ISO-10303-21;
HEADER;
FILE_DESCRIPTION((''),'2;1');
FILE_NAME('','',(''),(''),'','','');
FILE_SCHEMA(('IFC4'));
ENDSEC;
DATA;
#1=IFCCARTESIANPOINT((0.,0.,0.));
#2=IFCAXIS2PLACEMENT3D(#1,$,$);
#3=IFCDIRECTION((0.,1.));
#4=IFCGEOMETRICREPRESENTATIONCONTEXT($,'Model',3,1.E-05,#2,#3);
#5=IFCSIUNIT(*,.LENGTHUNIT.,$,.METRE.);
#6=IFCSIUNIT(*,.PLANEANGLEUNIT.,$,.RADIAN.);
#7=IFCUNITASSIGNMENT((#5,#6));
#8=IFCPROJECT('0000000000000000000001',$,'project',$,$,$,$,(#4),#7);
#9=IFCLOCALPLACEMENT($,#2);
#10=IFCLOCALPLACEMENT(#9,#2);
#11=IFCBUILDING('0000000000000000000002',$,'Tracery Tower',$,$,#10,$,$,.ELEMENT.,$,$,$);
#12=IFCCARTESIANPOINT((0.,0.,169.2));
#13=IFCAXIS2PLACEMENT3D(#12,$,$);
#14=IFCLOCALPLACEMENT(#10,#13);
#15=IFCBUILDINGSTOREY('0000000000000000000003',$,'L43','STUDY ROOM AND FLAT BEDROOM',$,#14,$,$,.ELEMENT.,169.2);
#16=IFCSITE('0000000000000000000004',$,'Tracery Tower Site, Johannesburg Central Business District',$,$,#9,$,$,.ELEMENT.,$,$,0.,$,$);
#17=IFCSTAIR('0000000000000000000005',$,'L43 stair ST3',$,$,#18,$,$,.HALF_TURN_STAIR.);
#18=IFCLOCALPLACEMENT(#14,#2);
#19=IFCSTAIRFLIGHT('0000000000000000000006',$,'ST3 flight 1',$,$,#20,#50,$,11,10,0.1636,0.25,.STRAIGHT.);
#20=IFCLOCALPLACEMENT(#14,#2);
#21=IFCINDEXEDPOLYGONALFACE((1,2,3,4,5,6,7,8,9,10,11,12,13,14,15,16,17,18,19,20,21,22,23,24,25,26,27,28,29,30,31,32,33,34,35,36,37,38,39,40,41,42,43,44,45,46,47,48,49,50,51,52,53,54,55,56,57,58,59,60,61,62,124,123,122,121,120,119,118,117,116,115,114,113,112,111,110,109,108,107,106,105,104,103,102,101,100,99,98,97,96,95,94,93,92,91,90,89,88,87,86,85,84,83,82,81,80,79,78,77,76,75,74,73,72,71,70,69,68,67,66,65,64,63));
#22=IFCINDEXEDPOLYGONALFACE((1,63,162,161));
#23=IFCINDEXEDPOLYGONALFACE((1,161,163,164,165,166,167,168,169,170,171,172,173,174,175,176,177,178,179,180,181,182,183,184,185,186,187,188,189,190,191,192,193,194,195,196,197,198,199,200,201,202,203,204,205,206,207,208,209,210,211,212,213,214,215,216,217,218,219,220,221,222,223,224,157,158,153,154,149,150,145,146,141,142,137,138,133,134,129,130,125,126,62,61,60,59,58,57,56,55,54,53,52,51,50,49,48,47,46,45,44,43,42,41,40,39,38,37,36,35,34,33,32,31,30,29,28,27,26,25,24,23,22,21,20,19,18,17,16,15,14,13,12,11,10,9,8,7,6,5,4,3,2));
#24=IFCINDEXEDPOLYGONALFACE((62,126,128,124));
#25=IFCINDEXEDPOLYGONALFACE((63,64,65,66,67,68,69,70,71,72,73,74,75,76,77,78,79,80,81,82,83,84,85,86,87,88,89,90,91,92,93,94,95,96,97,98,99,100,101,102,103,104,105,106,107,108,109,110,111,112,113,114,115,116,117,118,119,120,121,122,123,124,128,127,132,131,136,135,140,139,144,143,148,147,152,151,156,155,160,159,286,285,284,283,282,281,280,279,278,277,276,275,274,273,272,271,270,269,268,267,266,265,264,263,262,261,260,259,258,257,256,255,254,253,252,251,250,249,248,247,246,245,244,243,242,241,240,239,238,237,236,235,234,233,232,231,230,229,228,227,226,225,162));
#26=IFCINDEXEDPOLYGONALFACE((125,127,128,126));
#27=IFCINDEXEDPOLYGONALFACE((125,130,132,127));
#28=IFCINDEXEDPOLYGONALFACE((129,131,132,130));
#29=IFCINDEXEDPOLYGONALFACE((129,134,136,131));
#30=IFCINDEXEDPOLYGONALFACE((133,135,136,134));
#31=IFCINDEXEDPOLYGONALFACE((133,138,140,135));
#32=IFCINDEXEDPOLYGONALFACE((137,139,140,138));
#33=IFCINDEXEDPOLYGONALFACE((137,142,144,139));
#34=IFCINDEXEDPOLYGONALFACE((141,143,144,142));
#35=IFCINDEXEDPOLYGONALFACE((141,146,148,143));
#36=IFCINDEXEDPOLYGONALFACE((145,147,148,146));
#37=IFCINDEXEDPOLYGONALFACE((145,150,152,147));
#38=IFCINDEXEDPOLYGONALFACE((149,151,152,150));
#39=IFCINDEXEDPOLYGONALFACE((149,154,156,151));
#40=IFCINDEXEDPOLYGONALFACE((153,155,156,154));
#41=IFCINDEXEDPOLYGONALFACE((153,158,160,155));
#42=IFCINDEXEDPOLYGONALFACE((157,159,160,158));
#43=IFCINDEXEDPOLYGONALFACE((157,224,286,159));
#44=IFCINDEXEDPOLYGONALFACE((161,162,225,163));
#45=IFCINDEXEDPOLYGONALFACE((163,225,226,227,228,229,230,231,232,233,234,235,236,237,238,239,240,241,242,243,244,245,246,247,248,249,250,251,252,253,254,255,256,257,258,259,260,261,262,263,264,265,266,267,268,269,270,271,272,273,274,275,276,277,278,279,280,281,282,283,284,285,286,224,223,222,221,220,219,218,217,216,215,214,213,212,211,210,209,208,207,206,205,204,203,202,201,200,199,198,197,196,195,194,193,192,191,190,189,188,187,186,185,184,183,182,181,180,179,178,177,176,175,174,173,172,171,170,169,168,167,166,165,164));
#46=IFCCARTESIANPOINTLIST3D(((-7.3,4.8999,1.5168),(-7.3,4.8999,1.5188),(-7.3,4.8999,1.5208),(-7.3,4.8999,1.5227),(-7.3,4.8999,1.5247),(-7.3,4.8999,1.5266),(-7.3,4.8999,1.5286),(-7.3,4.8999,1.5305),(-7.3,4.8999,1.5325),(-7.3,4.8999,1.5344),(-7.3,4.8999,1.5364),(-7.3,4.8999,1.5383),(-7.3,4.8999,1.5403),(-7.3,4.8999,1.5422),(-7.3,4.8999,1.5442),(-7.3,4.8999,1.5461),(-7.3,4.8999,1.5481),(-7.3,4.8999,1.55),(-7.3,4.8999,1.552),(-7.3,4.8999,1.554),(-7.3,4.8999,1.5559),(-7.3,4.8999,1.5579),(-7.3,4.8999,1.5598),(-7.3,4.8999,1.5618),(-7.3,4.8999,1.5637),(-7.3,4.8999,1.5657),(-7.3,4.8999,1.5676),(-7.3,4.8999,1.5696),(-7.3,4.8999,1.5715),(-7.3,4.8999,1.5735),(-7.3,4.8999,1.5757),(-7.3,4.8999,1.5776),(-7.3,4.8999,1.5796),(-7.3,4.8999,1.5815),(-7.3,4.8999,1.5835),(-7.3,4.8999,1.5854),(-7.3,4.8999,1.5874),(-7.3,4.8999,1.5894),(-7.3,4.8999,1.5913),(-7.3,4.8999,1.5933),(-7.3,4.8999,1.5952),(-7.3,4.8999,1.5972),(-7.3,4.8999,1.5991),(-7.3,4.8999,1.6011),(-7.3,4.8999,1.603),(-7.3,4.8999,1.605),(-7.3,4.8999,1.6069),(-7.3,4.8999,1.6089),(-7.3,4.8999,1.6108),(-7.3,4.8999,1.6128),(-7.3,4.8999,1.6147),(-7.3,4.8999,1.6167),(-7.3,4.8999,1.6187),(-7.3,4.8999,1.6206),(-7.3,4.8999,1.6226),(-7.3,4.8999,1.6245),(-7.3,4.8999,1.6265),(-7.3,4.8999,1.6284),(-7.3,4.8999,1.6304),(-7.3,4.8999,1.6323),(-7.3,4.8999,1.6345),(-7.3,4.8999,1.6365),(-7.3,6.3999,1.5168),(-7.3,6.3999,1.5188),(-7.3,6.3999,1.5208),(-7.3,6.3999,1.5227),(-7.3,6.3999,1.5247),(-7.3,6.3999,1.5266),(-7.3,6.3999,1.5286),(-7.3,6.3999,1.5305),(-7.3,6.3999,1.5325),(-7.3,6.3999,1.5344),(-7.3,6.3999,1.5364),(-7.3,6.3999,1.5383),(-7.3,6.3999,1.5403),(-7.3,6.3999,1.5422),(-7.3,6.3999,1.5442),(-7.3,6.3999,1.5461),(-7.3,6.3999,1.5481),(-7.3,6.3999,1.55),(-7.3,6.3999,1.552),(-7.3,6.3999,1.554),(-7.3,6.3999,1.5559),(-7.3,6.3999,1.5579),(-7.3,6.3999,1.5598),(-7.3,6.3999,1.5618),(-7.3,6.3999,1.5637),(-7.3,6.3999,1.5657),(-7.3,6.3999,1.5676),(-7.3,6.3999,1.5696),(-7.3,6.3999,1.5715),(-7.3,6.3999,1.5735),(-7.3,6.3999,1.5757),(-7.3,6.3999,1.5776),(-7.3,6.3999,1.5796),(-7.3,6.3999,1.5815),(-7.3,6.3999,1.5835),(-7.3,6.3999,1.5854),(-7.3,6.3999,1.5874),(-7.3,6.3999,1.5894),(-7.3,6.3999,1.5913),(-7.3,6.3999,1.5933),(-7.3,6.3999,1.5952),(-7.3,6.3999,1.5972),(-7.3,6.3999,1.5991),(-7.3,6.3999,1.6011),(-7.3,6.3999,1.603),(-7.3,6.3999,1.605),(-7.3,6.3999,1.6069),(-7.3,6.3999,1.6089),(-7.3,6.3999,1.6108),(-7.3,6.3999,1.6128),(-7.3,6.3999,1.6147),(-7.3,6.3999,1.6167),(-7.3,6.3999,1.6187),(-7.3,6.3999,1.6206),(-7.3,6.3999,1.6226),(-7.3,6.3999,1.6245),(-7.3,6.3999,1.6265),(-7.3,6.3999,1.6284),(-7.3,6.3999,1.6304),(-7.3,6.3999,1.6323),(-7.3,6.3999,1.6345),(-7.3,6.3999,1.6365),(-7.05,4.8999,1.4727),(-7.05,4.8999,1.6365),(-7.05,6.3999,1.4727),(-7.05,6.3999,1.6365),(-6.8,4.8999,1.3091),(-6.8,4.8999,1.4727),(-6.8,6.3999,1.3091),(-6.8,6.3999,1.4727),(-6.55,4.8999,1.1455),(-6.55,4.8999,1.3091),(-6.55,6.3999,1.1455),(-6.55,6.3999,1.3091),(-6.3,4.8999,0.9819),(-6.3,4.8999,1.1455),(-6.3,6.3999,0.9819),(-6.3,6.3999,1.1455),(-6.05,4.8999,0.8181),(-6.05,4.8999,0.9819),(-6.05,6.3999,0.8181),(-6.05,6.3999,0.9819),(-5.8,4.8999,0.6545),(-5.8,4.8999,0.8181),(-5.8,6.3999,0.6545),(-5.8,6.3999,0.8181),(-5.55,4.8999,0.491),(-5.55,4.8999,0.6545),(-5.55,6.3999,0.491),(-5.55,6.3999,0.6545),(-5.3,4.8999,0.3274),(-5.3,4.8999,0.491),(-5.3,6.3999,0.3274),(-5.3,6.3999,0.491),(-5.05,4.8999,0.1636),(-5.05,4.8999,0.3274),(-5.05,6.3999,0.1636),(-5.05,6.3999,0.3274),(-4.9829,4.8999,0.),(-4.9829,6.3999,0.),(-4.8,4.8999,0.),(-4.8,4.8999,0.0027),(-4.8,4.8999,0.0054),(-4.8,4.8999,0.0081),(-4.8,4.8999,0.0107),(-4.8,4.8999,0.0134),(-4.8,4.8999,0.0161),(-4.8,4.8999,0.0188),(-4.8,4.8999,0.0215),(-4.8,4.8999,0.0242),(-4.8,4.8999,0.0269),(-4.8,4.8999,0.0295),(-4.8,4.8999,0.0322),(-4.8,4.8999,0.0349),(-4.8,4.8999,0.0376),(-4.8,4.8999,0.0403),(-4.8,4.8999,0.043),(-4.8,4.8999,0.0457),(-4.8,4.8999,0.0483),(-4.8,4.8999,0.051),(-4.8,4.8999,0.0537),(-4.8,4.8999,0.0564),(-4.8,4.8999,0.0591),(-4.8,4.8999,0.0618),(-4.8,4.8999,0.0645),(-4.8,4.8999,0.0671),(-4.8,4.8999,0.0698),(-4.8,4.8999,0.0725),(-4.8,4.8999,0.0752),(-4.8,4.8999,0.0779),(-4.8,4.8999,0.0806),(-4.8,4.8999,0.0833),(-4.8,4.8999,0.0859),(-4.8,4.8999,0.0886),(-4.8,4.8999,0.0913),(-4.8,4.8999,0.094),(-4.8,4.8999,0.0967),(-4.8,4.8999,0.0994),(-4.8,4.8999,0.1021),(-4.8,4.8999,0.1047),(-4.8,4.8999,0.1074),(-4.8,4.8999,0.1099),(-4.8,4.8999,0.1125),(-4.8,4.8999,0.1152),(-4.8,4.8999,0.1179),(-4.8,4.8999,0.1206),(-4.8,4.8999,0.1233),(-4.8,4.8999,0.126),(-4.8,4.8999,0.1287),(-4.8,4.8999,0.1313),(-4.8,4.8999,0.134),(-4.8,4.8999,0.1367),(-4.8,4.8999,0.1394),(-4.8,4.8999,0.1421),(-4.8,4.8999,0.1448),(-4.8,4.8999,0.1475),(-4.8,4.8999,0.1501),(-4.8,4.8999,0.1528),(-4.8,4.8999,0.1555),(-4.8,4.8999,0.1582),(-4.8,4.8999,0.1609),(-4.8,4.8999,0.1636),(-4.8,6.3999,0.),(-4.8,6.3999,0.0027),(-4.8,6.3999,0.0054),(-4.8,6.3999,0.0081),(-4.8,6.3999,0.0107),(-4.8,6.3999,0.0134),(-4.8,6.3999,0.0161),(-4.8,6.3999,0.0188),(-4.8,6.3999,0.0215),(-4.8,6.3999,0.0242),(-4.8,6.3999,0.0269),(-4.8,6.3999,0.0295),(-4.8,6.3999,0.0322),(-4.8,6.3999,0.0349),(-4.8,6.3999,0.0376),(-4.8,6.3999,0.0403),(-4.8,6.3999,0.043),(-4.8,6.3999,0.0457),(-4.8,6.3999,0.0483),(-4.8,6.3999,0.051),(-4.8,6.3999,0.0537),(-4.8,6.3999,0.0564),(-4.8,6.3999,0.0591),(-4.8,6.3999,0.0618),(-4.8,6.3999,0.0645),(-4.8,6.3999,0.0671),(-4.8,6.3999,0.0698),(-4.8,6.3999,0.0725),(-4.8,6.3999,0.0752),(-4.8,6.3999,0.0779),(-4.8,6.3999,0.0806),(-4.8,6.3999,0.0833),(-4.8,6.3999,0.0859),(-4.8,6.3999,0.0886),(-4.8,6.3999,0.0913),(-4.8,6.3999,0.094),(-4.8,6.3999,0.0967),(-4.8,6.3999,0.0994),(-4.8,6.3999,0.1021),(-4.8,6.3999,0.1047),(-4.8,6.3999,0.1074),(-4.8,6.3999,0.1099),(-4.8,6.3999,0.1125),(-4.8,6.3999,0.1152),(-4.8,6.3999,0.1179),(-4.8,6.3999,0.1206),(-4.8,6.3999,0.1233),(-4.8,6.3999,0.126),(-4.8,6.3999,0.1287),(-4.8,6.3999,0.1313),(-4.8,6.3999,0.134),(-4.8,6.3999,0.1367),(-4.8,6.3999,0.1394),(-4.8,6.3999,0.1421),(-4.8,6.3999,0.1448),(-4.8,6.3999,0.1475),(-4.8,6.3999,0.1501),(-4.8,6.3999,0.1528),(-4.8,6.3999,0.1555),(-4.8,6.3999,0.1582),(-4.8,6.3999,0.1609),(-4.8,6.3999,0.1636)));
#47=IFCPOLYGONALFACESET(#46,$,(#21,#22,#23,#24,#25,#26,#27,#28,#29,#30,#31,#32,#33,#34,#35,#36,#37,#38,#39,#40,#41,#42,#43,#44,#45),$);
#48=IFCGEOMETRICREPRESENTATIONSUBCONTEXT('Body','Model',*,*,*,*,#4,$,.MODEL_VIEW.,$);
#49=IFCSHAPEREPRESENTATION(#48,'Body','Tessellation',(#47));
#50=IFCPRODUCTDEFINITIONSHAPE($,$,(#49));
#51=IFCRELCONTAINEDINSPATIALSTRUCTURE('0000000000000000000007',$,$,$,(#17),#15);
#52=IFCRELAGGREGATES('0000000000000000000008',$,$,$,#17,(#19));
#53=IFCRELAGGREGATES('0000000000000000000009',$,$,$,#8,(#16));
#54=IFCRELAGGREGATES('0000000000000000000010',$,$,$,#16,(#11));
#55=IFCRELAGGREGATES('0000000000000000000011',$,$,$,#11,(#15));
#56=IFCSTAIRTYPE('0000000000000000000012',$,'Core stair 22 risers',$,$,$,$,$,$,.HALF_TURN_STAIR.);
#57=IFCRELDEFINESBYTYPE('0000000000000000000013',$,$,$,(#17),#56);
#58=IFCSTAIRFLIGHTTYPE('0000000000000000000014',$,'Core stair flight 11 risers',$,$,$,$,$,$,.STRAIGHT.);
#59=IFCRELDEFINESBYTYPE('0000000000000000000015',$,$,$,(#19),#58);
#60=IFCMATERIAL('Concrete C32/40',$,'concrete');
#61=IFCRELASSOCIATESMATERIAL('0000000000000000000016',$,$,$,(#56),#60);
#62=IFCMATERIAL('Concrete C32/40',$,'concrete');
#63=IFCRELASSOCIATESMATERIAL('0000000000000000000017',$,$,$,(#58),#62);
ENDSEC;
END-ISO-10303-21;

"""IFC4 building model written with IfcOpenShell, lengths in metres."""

from ifc_helpers import new_model, si_unit, direction, frame, origin, place, context, subcontext, project, spatial, polyline, outline, extrude, material, type_object, element, aggregate, save


model = new_model("IFC4")

# Units and contexts
model_context = context("Model", 3, precision=1e-05, world=origin(), true_north=direction((0.0, 1.0)))
body_context = subcontext(model_context, "Body", "Model", "MODEL_VIEW")
ifc_project = project(units=[si_unit("LENGTHUNIT", "METRE"), si_unit("PLANEANGLEUNIT", "RADIAN")], contexts=[model_context])

# Site, building, storey
site_placement = place(None, origin())
site = spatial("IfcSite", under=ifc_project, at=site_placement, Name="Tracery Tower Site, Johannesburg Central Business District", CompositionType="ELEMENT", RefElevation=0.0)
building_placement = place(site_placement, origin())
building = spatial("IfcBuilding", under=site, at=building_placement, Name="Tracery Tower", CompositionType="ELEMENT")
storey_placement = place(building_placement, frame((0.0, 0.0, 169.2)))
storey = spatial("IfcBuildingStorey", under=building, at=storey_placement, Name="L43", Description="STUDY ROOM AND FLAT BEDROOM", CompositionType="ELEMENT", Elevation=169.2)

# Stair, stair flight
ifc_material_1 = material(Name="Concrete C32/40", Category="concrete")
stair_type = type_object("IfcStairType", Name="Core stair 22 risers", PredefinedType="HALF_TURN_STAIR", material=ifc_material_1)
stair_placement = place(storey_placement, origin())
stair = element("IfcStair", 1, at=stair_placement, inside=storey, type_object=stair_type, Name="L43 stair ST3", PredefinedType="HALF_TURN_STAIR")
ifc_material_2 = material(Name="Concrete C32/40", Category="concrete")
stair_flight_type = type_object("IfcStairFlightType", Name="Core stair flight 11 risers", PredefinedType="STRAIGHT", material=ifc_material_2)
stair_flight_1_placement = place(storey_placement, frame((-4.8, 5.6499, 0.0), z_axis=(0.0, 0.0, 1.0), x_axis=(-1.0, 0.0, 0.0)))
stair_flight_1 = element("IfcStairFlight", 2, at=stair_flight_1_placement, type_object=stair_flight_type, Name="ST3 flight 1", NumberOfRisers=11, NumberOfTreads=10, PredefinedType="STRAIGHT", RiserHeight=0.1636, TreadLength=0.25, context=body_context, shape_type="SweptSolid", body=[
    extrude(outline(polyline([(0.0, 0.0), (0.0, 0.0027), (0.0, 0.0054), (0.0, 0.0081), (0.0, 0.0107), (0.0, 0.0134), (0.0, 0.0161), (0.0, 0.0188), (0.0, 0.0215), (0.0, 0.0242), (0.0, 0.0269), (0.0, 0.0295), (0.0, 0.0322), (0.0, 0.0349), (0.0, 0.0376), (0.0, 0.0403), (0.0, 0.043), (0.0, 0.0457), (0.0, 0.0483), (0.0, 0.051), (0.0, 0.0537), (0.0, 0.0564), (0.0, 0.0591), (0.0, 0.0618), (0.0, 0.0645), (0.0, 0.0671), (0.0, 0.0698), (0.0, 0.0725), (0.0, 0.0752), (0.0, 0.0779), (0.0, 0.0806), (0.0, 0.0833), (0.0, 0.0859), (0.0, 0.0886), (0.0, 0.0913), (0.0, 0.094), (0.0, 0.0967), (0.0, 0.0994), (0.0, 0.1021), (0.0, 0.1047), (0.0, 0.1074), (0.0, 0.1099), (0.0, 0.1125), (0.0, 0.1152), (0.0, 0.1179), (0.0, 0.1206), (0.0, 0.1233), (0.0, 0.126), (0.0, 0.1287), (0.0, 0.1313), (0.0, 0.134), (0.0, 0.1367), (0.0, 0.1394), (0.0, 0.1421), (0.0, 0.1448), (0.0, 0.1475), (0.0, 0.1501), (0.0, 0.1528), (0.0, 0.1555), (0.0, 0.1582), (0.0, 0.1609), (0.0, 0.1636), (0.25, 0.1636), (0.25, 0.3274), (0.5, 0.3274), (0.5, 0.491), (0.75, 0.491), (0.75, 0.6545), (1.0, 0.6545), (1.0, 0.8181), (1.25, 0.8181), (1.25, 0.9819), (1.5, 0.9819), (1.5, 1.1455), (1.75, 1.1455), (1.75, 1.3091), (2.0, 1.3091), (2.0, 1.4727), (2.25, 1.4727), (2.25, 1.6365), (2.5, 1.6365), (2.5, 1.6345), (2.5, 1.6323), (2.5, 1.6304), (2.5, 1.6284), (2.5, 1.6265), (2.5, 1.6245), (2.5, 1.6226), (2.5, 1.6206), (2.5, 1.6187), (2.5, 1.6167), (2.5, 1.6147), (2.5, 1.6128), (2.5, 1.6108), (2.5, 1.6089), (2.5, 1.6069), (2.5, 1.605), (2.5, 1.603), (2.5, 1.6011), (2.5, 1.5991), (2.5, 1.5972), (2.5, 1.5952), (2.5, 1.5933), (2.5, 1.5913), (2.5, 1.5894), (2.5, 1.5874), (2.5, 1.5854), (2.5, 1.5835), (2.5, 1.5815), (2.5, 1.5796), (2.5, 1.5776), (2.5, 1.5757), (2.5, 1.5735), (2.5, 1.5715), (2.5, 1.5696), (2.5, 1.5676), (2.5, 1.5657), (2.5, 1.5637), (2.5, 1.5618), (2.5, 1.5598), (2.5, 1.5579), (2.5, 1.5559), (2.5, 1.554), (2.5, 1.552), (2.5, 1.55), (2.5, 1.5481), (2.5, 1.5461), (2.5, 1.5442), (2.5, 1.5422), (2.5, 1.5403), (2.5, 1.5383), (2.5, 1.5364), (2.5, 1.5344), (2.5, 1.5325), (2.5, 1.5305), (2.5, 1.5286), (2.5, 1.5266), (2.5, 1.5247), (2.5, 1.5227), (2.5, 1.5208), (2.5, 1.5188), (2.5, 1.5168), (0.1829, 0.0), (0.0, 0.0)])), frame((0.0, 0.75, 0.0), z_axis=(0.0, -1.0, 0.0), x_axis=(1.0, 0.0, 0.0)), (0.0, 0.0, 1.0), 1.5),
])
aggregate(stair, [stair_flight_1])

save(model, "model.ifc")
